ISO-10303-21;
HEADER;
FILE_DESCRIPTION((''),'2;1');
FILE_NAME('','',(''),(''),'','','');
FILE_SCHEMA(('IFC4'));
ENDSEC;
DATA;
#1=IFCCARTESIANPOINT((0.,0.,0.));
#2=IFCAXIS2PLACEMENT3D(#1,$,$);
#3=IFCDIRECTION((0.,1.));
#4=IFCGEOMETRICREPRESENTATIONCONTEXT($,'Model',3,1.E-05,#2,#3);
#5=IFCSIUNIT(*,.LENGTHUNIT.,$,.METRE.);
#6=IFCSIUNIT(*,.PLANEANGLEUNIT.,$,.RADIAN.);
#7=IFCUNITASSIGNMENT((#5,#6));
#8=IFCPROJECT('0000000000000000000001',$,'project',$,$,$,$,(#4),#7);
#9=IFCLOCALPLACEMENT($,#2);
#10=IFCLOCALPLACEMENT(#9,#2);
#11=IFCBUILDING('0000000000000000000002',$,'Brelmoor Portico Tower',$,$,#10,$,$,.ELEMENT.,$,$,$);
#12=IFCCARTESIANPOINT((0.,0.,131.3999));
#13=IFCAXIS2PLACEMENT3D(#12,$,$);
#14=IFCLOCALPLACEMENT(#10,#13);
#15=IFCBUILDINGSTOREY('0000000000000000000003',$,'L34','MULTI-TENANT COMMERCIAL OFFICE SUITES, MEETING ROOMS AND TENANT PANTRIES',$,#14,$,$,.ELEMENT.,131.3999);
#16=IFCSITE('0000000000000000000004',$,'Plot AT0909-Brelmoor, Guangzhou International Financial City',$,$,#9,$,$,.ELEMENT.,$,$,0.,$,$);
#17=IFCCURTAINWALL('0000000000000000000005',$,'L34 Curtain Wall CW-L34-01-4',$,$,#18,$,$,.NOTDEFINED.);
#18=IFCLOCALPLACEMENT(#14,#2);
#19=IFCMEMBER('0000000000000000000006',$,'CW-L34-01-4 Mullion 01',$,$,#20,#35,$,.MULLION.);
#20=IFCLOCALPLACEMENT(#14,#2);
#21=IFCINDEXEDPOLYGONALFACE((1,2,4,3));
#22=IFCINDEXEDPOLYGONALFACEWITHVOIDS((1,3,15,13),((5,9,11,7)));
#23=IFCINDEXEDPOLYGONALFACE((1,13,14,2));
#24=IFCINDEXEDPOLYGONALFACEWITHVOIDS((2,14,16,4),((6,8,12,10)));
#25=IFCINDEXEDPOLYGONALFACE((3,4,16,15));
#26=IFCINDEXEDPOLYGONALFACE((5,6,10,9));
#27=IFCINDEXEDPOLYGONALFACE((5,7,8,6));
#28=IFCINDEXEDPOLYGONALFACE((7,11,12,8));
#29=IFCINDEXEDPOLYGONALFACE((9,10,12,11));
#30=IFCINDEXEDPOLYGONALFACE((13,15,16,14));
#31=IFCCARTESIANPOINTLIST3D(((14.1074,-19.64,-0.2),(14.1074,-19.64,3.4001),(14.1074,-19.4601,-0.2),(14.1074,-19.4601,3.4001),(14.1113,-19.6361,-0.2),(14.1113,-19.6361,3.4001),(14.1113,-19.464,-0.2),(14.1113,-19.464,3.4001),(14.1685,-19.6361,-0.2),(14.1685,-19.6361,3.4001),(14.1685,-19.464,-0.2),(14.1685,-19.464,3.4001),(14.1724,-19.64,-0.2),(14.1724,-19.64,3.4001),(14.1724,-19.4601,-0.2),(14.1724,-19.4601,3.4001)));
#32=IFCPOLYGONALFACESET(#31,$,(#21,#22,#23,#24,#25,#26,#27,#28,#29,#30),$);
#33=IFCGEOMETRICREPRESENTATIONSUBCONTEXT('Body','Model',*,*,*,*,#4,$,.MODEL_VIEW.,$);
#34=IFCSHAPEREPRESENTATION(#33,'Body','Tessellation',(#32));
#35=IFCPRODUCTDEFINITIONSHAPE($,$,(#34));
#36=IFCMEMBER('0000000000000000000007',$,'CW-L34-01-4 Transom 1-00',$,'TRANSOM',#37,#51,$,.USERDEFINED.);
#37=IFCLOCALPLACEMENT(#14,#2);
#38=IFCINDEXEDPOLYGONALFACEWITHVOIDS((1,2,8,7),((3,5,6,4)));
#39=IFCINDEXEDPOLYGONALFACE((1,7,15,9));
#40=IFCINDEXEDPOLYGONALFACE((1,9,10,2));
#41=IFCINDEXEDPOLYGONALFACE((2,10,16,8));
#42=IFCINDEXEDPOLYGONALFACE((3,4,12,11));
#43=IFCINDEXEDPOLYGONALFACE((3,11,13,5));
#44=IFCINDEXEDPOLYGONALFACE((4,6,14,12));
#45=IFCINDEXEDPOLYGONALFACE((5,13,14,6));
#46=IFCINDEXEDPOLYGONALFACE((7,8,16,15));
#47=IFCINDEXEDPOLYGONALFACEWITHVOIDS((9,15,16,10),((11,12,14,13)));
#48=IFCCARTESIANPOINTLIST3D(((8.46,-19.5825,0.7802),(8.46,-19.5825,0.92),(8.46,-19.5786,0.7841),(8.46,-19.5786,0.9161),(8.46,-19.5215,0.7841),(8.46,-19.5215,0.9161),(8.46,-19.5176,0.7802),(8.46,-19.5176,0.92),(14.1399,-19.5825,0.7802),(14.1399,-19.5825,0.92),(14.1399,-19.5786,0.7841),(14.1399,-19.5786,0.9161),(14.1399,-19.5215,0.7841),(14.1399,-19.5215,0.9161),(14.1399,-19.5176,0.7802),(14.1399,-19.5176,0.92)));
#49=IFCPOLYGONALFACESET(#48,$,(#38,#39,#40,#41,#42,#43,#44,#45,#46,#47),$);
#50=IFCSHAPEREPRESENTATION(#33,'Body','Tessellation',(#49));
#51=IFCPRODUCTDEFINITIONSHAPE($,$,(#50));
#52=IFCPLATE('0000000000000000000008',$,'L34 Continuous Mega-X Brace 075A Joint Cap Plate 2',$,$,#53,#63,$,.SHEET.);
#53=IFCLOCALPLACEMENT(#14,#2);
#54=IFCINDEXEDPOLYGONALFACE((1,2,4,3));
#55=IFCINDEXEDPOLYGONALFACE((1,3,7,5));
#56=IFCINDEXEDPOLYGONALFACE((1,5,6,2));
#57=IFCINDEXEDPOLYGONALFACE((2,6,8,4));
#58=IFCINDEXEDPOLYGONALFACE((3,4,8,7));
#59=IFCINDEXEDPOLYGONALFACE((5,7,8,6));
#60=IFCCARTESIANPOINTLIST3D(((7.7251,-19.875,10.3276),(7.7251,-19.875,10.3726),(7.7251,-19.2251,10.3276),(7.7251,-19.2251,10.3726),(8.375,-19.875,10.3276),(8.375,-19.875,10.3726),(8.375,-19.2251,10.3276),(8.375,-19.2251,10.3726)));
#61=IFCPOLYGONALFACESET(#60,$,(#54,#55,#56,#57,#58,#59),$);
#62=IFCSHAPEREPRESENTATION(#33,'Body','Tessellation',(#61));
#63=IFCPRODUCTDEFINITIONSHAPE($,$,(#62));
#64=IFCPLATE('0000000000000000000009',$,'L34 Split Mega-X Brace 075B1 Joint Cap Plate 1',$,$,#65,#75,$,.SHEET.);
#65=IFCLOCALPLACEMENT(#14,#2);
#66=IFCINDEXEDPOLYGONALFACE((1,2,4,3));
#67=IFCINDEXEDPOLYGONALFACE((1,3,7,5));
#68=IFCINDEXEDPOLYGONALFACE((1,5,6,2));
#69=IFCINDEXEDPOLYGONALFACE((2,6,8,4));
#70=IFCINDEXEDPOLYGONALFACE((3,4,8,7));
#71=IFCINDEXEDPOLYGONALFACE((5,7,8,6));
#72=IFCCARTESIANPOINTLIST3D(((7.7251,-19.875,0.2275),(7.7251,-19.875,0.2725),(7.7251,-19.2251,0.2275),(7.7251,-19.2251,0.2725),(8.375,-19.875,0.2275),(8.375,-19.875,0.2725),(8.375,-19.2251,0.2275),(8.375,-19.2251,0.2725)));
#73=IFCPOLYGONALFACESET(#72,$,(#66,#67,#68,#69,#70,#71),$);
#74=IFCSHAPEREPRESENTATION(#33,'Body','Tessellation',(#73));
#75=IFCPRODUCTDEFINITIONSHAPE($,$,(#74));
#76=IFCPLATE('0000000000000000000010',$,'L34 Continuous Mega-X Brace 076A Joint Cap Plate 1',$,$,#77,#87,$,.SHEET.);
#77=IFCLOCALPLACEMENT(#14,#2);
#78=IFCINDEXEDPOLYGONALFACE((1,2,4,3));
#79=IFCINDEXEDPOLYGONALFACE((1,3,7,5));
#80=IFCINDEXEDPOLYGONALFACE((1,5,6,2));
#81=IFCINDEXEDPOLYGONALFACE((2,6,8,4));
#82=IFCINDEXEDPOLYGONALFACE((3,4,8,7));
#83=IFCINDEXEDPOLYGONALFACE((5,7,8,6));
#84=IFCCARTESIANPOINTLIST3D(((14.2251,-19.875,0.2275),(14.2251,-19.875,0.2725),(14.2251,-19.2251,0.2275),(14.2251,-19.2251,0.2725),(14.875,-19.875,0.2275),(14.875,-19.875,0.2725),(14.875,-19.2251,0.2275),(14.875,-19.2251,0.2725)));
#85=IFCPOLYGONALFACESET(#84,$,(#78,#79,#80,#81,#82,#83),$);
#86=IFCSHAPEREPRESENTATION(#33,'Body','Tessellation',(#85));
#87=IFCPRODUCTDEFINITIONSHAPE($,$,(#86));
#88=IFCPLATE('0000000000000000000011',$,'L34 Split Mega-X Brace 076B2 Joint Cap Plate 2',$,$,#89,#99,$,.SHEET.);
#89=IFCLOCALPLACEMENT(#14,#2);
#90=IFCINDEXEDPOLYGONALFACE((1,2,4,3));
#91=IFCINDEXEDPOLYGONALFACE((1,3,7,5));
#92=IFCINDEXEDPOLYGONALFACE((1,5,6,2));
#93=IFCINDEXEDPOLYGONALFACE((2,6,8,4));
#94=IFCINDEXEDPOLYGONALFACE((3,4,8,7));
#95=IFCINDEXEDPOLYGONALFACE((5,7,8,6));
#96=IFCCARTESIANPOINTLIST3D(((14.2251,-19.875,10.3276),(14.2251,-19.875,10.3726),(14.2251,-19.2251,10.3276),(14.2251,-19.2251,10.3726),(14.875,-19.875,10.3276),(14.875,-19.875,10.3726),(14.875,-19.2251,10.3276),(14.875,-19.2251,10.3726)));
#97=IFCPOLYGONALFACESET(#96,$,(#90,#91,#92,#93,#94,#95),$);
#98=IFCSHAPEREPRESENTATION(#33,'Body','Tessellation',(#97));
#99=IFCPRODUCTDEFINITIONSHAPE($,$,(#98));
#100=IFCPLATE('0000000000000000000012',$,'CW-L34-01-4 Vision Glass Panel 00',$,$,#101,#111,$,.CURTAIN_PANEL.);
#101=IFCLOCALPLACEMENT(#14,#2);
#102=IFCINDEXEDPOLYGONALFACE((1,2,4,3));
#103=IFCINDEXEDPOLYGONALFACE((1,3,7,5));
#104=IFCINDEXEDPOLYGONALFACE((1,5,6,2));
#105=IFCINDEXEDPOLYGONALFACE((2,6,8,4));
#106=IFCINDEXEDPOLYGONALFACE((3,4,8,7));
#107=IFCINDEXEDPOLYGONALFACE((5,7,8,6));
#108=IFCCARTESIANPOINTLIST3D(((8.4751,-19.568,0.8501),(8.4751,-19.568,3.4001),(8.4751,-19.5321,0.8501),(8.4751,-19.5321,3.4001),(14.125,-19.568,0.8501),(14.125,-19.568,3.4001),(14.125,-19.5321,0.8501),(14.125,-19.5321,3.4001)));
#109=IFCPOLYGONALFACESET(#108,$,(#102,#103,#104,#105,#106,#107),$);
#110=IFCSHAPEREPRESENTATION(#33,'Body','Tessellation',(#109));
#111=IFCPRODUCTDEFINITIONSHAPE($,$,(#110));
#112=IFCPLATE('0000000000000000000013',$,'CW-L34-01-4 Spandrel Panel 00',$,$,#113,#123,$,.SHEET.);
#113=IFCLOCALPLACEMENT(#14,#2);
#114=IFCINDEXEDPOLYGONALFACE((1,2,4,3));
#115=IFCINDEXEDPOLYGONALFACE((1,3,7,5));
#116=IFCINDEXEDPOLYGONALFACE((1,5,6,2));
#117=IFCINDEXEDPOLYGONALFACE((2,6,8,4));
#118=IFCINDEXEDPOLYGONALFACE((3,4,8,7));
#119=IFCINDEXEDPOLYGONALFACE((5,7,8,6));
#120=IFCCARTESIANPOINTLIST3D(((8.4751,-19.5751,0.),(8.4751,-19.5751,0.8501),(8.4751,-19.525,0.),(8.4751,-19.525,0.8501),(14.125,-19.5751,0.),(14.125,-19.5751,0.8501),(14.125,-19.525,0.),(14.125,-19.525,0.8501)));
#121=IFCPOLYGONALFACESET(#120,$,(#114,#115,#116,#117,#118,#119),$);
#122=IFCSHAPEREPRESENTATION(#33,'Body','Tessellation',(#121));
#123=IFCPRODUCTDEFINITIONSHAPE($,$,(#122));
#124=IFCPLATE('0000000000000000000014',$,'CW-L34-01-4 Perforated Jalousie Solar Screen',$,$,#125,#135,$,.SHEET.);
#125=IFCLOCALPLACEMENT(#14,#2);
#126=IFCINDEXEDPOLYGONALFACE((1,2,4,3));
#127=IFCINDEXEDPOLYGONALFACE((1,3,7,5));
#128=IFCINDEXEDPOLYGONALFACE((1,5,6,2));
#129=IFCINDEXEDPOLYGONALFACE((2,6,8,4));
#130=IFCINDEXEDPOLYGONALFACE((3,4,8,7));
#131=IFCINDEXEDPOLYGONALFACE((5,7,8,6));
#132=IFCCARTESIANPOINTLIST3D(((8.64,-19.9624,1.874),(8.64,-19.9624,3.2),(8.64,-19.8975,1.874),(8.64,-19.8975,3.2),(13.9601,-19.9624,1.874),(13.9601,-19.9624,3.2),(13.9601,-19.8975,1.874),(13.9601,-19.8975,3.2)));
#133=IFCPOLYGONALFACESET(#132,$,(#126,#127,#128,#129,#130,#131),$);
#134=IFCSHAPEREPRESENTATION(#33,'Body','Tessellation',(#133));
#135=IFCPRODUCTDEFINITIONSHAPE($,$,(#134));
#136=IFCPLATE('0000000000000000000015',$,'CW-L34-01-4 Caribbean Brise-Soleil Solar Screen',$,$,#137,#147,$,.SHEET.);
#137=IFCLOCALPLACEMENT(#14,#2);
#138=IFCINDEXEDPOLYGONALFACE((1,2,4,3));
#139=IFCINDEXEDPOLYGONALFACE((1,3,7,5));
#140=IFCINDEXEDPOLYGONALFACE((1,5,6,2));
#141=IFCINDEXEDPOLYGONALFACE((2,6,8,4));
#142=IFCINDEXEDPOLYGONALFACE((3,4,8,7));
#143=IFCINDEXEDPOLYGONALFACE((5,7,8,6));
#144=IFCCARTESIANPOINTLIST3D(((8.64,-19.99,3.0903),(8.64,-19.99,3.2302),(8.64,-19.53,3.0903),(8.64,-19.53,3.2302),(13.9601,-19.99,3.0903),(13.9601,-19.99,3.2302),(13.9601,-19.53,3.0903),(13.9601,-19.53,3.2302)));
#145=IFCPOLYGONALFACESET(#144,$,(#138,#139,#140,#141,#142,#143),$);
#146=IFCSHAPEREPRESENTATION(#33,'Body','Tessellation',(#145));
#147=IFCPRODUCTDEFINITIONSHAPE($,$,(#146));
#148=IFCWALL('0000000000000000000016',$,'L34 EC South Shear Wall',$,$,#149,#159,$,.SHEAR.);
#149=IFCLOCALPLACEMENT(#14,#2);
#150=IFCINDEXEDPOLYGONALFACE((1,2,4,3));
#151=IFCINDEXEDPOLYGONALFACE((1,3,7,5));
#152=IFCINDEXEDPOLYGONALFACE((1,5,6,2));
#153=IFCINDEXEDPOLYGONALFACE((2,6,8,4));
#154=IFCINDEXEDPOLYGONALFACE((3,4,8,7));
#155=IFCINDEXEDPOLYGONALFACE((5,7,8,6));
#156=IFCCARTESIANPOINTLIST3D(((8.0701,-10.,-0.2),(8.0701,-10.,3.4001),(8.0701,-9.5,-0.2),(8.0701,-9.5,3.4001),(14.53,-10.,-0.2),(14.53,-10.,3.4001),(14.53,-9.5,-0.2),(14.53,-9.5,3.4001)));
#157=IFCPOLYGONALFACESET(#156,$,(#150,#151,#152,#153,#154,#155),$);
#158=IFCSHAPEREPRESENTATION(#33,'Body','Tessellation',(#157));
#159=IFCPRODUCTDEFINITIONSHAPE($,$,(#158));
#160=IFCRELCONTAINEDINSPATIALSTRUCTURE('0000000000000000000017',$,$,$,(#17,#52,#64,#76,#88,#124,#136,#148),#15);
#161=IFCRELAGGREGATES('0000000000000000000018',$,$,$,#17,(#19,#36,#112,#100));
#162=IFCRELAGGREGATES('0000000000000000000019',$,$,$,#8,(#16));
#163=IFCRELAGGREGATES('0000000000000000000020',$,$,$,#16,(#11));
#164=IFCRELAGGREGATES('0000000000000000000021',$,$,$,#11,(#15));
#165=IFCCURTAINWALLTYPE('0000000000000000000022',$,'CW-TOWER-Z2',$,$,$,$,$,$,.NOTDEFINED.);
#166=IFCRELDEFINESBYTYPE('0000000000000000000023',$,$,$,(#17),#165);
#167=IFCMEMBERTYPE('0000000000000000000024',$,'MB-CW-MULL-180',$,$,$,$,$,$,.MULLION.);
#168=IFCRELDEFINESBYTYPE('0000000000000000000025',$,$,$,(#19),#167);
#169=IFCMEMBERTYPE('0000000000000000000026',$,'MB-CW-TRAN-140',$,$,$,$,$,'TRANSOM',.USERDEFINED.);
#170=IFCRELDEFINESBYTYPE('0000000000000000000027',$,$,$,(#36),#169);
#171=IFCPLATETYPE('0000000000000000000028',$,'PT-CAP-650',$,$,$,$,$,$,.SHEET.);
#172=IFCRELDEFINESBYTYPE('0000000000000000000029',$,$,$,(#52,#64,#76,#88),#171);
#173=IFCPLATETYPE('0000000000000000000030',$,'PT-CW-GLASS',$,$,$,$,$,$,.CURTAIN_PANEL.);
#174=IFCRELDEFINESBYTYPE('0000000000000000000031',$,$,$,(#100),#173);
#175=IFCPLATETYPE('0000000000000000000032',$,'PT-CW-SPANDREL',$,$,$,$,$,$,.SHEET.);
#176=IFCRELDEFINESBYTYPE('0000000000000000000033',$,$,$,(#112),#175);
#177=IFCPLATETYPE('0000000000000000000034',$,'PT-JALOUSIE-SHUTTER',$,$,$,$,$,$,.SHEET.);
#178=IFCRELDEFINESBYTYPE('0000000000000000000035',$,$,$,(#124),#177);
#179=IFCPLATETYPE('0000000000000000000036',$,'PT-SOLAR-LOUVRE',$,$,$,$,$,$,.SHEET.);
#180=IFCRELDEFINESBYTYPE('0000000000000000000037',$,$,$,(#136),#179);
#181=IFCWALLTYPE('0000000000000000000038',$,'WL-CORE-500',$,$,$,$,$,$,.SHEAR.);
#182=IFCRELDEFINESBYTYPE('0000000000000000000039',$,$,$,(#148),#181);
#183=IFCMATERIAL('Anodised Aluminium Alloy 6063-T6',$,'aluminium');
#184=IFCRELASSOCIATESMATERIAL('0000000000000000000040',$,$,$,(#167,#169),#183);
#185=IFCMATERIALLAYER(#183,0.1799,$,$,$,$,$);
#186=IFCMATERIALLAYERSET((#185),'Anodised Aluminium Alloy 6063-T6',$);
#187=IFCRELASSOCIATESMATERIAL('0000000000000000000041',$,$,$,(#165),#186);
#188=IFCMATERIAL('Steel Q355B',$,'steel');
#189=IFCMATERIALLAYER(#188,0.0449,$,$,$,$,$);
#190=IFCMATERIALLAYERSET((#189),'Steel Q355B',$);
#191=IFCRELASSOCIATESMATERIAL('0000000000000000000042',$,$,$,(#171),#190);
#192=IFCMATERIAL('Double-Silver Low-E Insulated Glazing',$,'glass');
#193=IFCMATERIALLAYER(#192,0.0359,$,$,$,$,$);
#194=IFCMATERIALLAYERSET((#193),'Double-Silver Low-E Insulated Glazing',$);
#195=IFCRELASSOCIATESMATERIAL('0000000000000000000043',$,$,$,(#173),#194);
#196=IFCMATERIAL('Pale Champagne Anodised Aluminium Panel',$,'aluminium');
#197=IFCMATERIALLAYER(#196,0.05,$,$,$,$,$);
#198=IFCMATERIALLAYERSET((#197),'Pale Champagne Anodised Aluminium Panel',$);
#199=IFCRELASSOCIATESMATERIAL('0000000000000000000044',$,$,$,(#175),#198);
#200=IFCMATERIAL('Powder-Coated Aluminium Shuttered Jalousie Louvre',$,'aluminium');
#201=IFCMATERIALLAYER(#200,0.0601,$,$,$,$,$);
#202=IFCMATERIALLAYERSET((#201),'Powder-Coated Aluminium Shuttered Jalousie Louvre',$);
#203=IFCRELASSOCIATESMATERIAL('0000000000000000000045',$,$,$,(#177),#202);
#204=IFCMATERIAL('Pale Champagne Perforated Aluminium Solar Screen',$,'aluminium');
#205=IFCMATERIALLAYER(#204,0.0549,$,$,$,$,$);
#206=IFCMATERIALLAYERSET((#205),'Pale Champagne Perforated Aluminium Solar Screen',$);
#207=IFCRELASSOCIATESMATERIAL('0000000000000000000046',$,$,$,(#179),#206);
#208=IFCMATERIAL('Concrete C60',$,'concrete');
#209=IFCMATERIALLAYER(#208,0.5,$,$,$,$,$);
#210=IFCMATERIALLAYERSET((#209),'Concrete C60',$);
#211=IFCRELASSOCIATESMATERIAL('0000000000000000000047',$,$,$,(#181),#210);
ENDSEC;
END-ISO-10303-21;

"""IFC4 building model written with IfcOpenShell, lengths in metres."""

from ifc_helpers import new_model, si_unit, direction, frame, frame_2d, origin, origin_2d, place, context, subcontext, project, spatial, rectangle, hollow_rectangle, extrude, material, layer, layer_set, material_profile, profile_set, type_object, element, aggregate, save


model = new_model("IFC4")

# Units and contexts
model_context = context("Model", 3, precision=1e-05, world=origin(), true_north=direction((0.0, 1.0)))
body_context = subcontext(model_context, "Body", "Model", "MODEL_VIEW")
ifc_project = project(units=[si_unit("LENGTHUNIT", "METRE"), si_unit("PLANEANGLEUNIT", "RADIAN")], contexts=[model_context])

# Site, building, storey
site_placement = place(None, origin())
site = spatial("IfcSite", under=ifc_project, at=site_placement, Name="Plot AT0909-Brelmoor, Guangzhou International Financial City", CompositionType="ELEMENT", RefElevation=0.0)
building_placement = place(site_placement, origin())
building = spatial("IfcBuilding", under=site, at=building_placement, Name="Brelmoor Portico Tower", CompositionType="ELEMENT")
storey_placement = place(building_placement, frame((0.0, 0.0, 131.3999)))
storey = spatial("IfcBuildingStorey", under=building, at=storey_placement, Name="L34", Description="MULTI-TENANT COMMERCIAL OFFICE SUITES, MEETING ROOMS AND TENANT PANTRIES", CompositionType="ELEMENT", Elevation=131.3999)

# Shared definitions
ifc_material_1 = material(Name="Steel Q355B", Category="steel")

# Shared definitions
ifc_material_2 = material(Name="Anodised Aluminium Alloy 6063-T6", Category="aluminium")
ifc_material_profile_1 = material_profile(ifc_material_2, hollow_rectangle(XDim=0.0649, YDim=0.1799, WallThickness=0.0039, at=origin_2d()), Name="ALU MULLION 65x180")
ifc_profile_set_1 = profile_set([ifc_material_profile_1], Name="Anodised Aluminium Alloy 6063-T6")
member_type_1 = type_object("IfcMemberType", Name="MB-CW-MULL-180", PredefinedType="MULLION", material=ifc_profile_set_1)

# Curtain wall, members
ifc_layer_1 = layer(ifc_material_2, 0.1799)
ifc_layer_set_1 = layer_set([ifc_layer_1], Name="Anodised Aluminium Alloy 6063-T6")
curtain_wall_type_1 = type_object("IfcCurtainWallType", Name="CW-TOWER-Z2", PredefinedType="NOTDEFINED", material=ifc_layer_set_1)
curtain_wall_1_placement = place(storey_placement, origin())
curtain_wall_1 = element("IfcCurtainWall", 1, at=curtain_wall_1_placement, inside=storey, type_object=curtain_wall_type_1, Name="L34 Curtain Wall CW-L34-01-4", PredefinedType="NOTDEFINED")
member_1_placement = place(storey_placement, frame((14.1399, -19.55, -0.2), z_axis=(0.0, 0.0, 1.0), x_axis=(1.0, 0.0, 0.0)))
member_1 = element("IfcMember", 2, at=member_1_placement, type_object=member_type_1, Name="CW-L34-01-4 Mullion 01", PredefinedType="MULLION", context=body_context, shape_type="SweptSolid", body=[
    extrude(hollow_rectangle(XDim=0.0649, YDim=0.1799, WallThickness=0.0039, at=origin_2d()), origin(), (0.0, 0.0, 1.0), 3.6001),
])
ifc_material_profile_2 = material_profile(ifc_material_2, hollow_rectangle(XDim=0.0649, YDim=0.1399, WallThickness=0.0039, at=origin_2d()), Name="ALU TRANSOM 65x140")
ifc_profile_set_2 = profile_set([ifc_material_profile_2], Name="Anodised Aluminium Alloy 6063-T6")
member_type_2 = type_object("IfcMemberType", Name="MB-CW-TRAN-140", ElementType="TRANSOM", PredefinedType="USERDEFINED", material=ifc_profile_set_2)
member_2_placement = place(storey_placement, frame((8.46, -19.55, 0.8501), z_axis=(1.0, 0.0, 0.0), x_axis=(0.0, 1.0, 0.0)))
member_2 = element("IfcMember", 3, at=member_2_placement, type_object=member_type_2, Name="CW-L34-01-4 Transom 1-00", ObjectType="TRANSOM", PredefinedType="USERDEFINED", context=body_context, shape_type="SweptSolid", body=[
    extrude(hollow_rectangle(XDim=0.0649, YDim=0.1399, WallThickness=0.0039, at=origin_2d()), origin(), (0.0, 0.0, 1.0), 5.6799),
])

# Plates
ifc_layer_2 = layer(ifc_material_1, 0.0449)
ifc_layer_set_2 = layer_set([ifc_layer_2], Name="Steel Q355B")
plate_type_1 = type_object("IfcPlateType", Name="PT-CAP-650", PredefinedType="SHEET", material=ifc_layer_set_2)
for number, where, z_axis, x_axis, name in (
    (4, (8.05, -19.55, 10.3276), (0.0, 0.0, 1.0), (1.0, 0.0, 0.0), "L34 Continuous Mega-X Brace 075A Joint Cap Plate 2"),
    (5, (8.05, -19.55, 0.2275), (0.0, 0.0, 1.0), (1.0, 0.0, 0.0), "L34 Split Mega-X Brace 075B1 Joint Cap Plate 1"),
    (6, (14.55, -19.55, 0.2275), (0.0, 0.0, 1.0), (1.0, 0.0, 0.0), "L34 Continuous Mega-X Brace 076A Joint Cap Plate 1"),
    (7, (14.55, -19.55, 10.3276), (0.0, 0.0, 1.0), (1.0, 0.0, 0.0), "L34 Split Mega-X Brace 076B2 Joint Cap Plate 2"),
):
    element("IfcPlate", number, at=place(storey_placement, frame(where, z_axis=z_axis, x_axis=x_axis)), inside=storey, type_object=plate_type_1, Name=name, PredefinedType="SHEET", context=body_context, shape_type="SweptSolid", body=[
        extrude(rectangle(XDim=0.6499, YDim=0.6499, at=origin_2d()), origin(), (0.0, 0.0, 1.0), 0.0449),
    ])

# Plates
ifc_material_3 = material(Name="Double-Silver Low-E Insulated Glazing", Category="glass")
ifc_layer_3 = layer(ifc_material_3, 0.0359)
ifc_layer_set_3 = layer_set([ifc_layer_3], Name="Double-Silver Low-E Insulated Glazing")
plate_type_2 = type_object("IfcPlateType", Name="PT-CW-GLASS", PredefinedType="CURTAIN_PANEL", material=ifc_layer_set_3)
plate_1_placement = place(storey_placement, frame((11.3, -19.55, 0.8501), z_axis=(0.0, 0.0, 1.0), x_axis=(1.0, 0.0, 0.0)))
plate_1 = element("IfcPlate", 8, at=plate_1_placement, type_object=plate_type_2, Name="CW-L34-01-4 Vision Glass Panel 00", PredefinedType="CURTAIN_PANEL", context=body_context, shape_type="SweptSolid", body=[
    extrude(rectangle(XDim=5.6499, YDim=0.0359, at=origin_2d()), origin(), (0.0, 0.0, 1.0), 2.55),
])
ifc_material_4 = material(Name="Pale Champagne Anodised Aluminium Panel", Category="aluminium")
ifc_layer_4 = layer(ifc_material_4, 0.05)
ifc_layer_set_4 = layer_set([ifc_layer_4], Name="Pale Champagne Anodised Aluminium Panel")
plate_type_3 = type_object("IfcPlateType", Name="PT-CW-SPANDREL", PredefinedType="SHEET", material=ifc_layer_set_4)
plate_2_placement = place(storey_placement, frame((11.3, -19.55, 0.0), z_axis=(0.0, 0.0, 1.0), x_axis=(1.0, 0.0, 0.0)))
plate_2 = element("IfcPlate", 9, at=plate_2_placement, type_object=plate_type_3, Name="CW-L34-01-4 Spandrel Panel 00", PredefinedType="SHEET", context=body_context, shape_type="SweptSolid", body=[
    extrude(rectangle(XDim=5.6499, YDim=0.05, at=origin_2d()), origin(), (0.0, 0.0, 1.0), 0.8501),
])
aggregate(curtain_wall_1, [member_1, member_2, plate_2, plate_1])

# Plates
ifc_material_5 = material(Name="Powder-Coated Aluminium Shuttered Jalousie Louvre", Category="aluminium")
ifc_layer_5 = layer(ifc_material_5, 0.0601)
ifc_layer_set_5 = layer_set([ifc_layer_5], Name="Powder-Coated Aluminium Shuttered Jalousie Louvre")
plate_type_4 = type_object("IfcPlateType", Name="PT-JALOUSIE-SHUTTER", PredefinedType="SHEET", material=ifc_layer_set_5)
plate_3_placement = place(storey_placement, frame((11.3, -19.9299, 1.874), z_axis=(0.0, 0.0, 1.0), x_axis=(1.0, 0.0, 0.0)))
element("IfcPlate", 10, at=plate_3_placement, inside=storey, type_object=plate_type_4, Name="CW-L34-01-4 Perforated Jalousie Solar Screen", PredefinedType="SHEET", context=body_context, shape_type="SweptSolid", body=[
    extrude(rectangle(XDim=5.3201, YDim=0.0649, at=origin_2d()), origin(), (0.0, 0.0, 1.0), 1.3259),
])
ifc_material_6 = material(Name="Pale Champagne Perforated Aluminium Solar Screen", Category="aluminium")
ifc_layer_6 = layer(ifc_material_6, 0.0549)
ifc_layer_set_6 = layer_set([ifc_layer_6], Name="Pale Champagne Perforated Aluminium Solar Screen")
plate_type_5 = type_object("IfcPlateType", Name="PT-SOLAR-LOUVRE", PredefinedType="SHEET", material=ifc_layer_set_6)
plate_4_placement = place(storey_placement, frame((11.3, -19.76, 3.0903), z_axis=(0.0, 0.0, 1.0), x_axis=(1.0, 0.0, 0.0)))
element("IfcPlate", 11, at=plate_4_placement, inside=storey, type_object=plate_type_5, Name="CW-L34-01-4 Caribbean Brise-Soleil Solar Screen", PredefinedType="SHEET", context=body_context, shape_type="SweptSolid", body=[
    extrude(rectangle(XDim=5.3201, YDim=0.46, at=origin_2d()), origin(), (0.0, 0.0, 1.0), 0.1399),
])

# Wall
ifc_material_7 = material(Name="Concrete C60", Category="concrete")
ifc_layer_7 = layer(ifc_material_7, 0.5)
ifc_layer_set_7 = layer_set([ifc_layer_7], Name="Concrete C60")
wall_type_1 = type_object("IfcWallType", Name="WL-CORE-500", PredefinedType="SHEAR", material=ifc_layer_set_7)
wall_1_placement = place(storey_placement, frame((8.0701, -9.75, -0.2), z_axis=(0.0, 0.0, 1.0), x_axis=(1.0, 0.0, 0.0)))
element("IfcWall", 12, at=wall_1_placement, inside=storey, type_object=wall_type_1, Name="L34 EC South Shear Wall", PredefinedType="SHEAR", context=body_context, shape_type="SweptSolid", body=[
    extrude(rectangle(XDim=6.46, YDim=0.5, at=frame_2d((3.23, 0.0))), origin(), (0.0, 0.0, 1.0), 3.6001),
])

save(model, "model.ifc")
